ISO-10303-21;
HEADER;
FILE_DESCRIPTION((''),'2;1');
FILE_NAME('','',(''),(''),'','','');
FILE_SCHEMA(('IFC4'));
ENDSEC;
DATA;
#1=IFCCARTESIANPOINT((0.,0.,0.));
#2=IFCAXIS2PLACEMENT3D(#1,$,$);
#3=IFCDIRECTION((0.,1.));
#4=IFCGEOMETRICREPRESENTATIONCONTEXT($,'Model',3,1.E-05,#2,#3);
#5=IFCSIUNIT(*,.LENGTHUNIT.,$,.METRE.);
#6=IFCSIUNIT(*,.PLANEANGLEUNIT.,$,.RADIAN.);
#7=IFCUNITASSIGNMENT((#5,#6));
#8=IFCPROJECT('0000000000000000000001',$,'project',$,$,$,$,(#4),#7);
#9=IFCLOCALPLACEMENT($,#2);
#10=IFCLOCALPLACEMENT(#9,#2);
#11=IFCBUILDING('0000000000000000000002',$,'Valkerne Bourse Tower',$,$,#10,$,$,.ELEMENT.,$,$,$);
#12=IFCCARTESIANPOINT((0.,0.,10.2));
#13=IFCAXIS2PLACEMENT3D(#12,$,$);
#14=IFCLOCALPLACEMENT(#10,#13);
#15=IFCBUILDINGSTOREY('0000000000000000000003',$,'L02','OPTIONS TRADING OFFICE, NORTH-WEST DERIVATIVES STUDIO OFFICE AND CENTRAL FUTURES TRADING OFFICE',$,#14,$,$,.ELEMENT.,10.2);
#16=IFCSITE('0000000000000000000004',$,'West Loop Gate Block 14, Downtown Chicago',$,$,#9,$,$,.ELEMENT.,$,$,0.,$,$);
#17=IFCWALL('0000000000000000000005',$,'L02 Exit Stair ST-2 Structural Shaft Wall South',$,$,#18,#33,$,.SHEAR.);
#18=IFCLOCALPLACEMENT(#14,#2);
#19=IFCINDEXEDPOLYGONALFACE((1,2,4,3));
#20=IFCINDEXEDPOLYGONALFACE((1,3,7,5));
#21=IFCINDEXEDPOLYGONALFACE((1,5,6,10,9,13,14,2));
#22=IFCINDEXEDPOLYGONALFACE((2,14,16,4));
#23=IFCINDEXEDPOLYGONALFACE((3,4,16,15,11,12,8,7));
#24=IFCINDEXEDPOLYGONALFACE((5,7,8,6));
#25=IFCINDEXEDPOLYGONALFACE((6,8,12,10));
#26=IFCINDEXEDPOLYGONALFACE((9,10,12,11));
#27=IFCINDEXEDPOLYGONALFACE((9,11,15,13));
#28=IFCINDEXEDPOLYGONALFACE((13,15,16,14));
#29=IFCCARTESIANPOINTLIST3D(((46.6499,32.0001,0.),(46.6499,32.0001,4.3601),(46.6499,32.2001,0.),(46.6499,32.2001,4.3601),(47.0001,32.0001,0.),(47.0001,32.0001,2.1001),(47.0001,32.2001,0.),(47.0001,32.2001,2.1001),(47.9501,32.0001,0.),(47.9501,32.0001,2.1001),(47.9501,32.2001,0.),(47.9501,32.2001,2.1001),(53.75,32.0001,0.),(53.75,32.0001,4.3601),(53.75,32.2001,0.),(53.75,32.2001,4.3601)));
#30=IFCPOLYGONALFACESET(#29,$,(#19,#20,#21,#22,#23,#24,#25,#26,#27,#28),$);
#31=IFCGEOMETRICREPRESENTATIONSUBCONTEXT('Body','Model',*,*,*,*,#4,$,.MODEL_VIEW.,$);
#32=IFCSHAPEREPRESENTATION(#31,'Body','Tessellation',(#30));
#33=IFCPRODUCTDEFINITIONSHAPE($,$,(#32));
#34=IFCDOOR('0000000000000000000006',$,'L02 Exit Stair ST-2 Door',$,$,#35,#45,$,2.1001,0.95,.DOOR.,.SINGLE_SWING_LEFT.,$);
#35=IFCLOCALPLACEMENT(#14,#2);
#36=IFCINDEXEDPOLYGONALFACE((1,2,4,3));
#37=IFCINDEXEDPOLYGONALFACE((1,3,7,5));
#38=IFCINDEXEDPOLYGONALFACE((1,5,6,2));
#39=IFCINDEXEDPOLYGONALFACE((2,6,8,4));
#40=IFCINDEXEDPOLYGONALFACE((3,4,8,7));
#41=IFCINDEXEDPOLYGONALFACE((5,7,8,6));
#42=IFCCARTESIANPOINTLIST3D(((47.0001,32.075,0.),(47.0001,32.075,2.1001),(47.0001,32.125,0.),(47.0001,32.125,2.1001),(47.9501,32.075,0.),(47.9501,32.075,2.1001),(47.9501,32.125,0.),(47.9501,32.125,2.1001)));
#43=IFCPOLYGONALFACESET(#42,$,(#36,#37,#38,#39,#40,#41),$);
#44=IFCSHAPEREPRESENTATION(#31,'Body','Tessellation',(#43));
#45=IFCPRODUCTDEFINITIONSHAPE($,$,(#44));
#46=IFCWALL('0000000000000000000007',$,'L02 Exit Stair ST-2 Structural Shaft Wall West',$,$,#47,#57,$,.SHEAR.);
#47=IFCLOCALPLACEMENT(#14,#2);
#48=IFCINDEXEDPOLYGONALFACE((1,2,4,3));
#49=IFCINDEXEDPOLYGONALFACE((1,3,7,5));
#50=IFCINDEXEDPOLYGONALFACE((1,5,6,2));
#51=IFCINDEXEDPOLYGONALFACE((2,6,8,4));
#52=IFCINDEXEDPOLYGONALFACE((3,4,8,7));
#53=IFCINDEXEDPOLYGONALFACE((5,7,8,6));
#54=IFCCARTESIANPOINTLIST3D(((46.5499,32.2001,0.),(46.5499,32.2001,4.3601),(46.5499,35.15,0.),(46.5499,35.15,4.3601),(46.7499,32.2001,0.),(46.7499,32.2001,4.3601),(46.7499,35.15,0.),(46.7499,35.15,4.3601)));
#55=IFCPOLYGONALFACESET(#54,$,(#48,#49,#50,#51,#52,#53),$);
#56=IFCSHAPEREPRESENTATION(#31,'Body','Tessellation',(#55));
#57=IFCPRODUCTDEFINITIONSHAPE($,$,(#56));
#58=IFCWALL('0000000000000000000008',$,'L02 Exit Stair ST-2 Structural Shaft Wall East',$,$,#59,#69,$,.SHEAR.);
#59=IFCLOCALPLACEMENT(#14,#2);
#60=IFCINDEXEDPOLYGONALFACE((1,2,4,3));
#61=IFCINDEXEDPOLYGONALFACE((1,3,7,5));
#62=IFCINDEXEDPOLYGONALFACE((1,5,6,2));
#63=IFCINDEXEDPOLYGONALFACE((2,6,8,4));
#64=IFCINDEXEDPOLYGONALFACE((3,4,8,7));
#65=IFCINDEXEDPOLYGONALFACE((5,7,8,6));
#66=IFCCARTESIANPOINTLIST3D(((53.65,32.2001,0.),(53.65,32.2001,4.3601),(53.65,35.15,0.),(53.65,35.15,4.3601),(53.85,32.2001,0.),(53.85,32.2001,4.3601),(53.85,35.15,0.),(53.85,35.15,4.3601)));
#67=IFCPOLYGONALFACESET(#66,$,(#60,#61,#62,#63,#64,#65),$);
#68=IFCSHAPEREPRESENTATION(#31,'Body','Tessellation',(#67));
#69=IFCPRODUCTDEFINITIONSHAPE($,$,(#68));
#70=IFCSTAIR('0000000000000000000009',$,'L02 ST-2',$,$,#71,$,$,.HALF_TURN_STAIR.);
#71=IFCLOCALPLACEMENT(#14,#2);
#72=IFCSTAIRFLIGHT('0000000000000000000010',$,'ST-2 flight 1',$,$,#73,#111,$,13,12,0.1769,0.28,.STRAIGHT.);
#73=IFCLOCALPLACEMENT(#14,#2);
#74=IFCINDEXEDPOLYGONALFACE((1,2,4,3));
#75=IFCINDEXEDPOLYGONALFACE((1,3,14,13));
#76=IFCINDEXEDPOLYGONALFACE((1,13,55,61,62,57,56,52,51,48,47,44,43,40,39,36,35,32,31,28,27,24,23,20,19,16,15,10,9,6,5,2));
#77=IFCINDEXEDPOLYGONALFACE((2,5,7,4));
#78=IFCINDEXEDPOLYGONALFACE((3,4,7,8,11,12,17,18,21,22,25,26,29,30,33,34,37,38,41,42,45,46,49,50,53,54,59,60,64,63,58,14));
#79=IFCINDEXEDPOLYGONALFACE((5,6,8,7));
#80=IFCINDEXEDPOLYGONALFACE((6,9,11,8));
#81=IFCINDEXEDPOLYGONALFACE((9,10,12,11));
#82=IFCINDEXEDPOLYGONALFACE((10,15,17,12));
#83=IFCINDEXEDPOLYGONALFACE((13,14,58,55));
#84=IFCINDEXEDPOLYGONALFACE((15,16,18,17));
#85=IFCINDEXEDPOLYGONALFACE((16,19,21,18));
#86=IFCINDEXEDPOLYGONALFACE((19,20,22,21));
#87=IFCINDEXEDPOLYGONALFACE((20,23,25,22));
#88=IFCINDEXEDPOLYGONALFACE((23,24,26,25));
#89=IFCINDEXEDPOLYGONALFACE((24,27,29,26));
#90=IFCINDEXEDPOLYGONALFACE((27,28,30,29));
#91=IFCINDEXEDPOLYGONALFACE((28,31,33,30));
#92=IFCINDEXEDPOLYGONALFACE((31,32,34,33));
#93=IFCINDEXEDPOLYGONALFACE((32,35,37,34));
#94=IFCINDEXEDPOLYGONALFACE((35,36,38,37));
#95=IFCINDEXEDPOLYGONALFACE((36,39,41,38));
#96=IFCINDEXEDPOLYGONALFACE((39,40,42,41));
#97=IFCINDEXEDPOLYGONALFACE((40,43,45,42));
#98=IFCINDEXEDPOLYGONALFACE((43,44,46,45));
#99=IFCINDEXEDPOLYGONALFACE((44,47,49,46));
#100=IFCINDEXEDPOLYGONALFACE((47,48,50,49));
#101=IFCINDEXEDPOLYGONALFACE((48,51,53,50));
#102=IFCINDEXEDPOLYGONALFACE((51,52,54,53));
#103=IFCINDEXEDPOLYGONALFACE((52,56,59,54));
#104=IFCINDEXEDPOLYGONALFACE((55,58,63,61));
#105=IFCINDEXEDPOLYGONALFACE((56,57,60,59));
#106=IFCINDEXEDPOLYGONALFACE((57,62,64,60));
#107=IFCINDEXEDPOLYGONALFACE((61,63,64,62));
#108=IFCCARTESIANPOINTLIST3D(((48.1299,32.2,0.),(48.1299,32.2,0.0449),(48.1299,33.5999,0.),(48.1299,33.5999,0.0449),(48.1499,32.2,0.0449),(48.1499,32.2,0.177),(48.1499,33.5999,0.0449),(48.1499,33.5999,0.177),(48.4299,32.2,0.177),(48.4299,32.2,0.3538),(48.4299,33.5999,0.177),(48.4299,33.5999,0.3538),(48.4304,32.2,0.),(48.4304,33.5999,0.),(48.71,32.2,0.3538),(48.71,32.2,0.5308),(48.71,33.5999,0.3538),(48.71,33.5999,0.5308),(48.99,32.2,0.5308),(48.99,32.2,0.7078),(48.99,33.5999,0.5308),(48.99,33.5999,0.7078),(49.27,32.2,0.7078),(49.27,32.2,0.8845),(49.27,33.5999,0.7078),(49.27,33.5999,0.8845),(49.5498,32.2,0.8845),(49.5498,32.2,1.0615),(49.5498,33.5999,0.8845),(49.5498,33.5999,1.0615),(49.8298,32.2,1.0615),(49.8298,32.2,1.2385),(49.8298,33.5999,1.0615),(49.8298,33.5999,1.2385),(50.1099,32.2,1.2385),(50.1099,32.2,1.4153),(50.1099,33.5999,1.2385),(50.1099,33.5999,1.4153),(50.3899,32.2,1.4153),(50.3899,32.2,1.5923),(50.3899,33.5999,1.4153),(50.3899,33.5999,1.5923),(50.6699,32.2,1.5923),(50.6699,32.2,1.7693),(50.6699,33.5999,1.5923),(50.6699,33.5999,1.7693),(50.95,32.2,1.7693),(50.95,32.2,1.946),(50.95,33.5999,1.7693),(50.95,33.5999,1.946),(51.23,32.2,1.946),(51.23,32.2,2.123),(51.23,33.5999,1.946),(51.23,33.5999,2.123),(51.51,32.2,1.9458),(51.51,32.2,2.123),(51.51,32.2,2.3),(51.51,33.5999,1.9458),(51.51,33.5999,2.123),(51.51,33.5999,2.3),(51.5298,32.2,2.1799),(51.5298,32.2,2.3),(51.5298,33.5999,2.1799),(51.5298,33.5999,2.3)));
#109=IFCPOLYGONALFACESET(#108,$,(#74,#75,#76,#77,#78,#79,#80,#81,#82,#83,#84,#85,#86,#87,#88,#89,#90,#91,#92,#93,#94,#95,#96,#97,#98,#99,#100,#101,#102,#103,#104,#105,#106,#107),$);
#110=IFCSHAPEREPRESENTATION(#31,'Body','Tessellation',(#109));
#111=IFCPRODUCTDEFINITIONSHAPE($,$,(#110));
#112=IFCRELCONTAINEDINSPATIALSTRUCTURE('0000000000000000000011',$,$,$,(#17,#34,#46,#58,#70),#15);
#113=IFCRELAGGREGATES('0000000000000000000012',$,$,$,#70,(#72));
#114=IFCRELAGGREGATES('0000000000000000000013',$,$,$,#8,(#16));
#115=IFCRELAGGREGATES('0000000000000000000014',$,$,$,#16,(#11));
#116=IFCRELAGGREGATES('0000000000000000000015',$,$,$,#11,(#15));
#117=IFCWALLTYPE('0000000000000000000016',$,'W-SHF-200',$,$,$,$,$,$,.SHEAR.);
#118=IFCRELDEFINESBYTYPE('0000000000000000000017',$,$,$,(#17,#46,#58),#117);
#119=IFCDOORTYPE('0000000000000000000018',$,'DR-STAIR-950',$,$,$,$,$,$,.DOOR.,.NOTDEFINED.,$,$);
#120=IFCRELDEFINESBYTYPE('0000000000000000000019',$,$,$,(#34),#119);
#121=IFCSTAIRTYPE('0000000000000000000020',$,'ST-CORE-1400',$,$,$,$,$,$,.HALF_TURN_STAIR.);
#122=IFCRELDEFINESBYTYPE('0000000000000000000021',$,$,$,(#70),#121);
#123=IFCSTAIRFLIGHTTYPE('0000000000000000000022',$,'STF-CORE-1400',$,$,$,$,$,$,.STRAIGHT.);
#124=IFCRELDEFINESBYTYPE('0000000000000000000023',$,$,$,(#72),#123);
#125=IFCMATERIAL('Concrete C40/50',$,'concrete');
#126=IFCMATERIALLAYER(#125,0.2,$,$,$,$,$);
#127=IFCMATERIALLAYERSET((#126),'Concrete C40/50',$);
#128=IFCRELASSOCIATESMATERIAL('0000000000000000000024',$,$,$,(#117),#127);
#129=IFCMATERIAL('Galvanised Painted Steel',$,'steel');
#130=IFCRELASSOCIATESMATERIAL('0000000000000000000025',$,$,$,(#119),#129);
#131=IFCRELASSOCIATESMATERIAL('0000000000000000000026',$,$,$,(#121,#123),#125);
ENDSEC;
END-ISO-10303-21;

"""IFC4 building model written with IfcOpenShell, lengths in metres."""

from ifc_helpers import new_model, si_unit, direction, frame, frame_2d, origin, place, context, subcontext, project, spatial, polyline, rectangle, outline, extrude, material, layer, layer_set, type_object, element, fill, aggregate, save


model = new_model("IFC4")

# Units and contexts
model_context = context("Model", 3, precision=1e-05, world=origin(), true_north=direction((0.0, 1.0)))
body_context = subcontext(model_context, "Body", "Model", "MODEL_VIEW")
ifc_project = project(units=[si_unit("LENGTHUNIT", "METRE"), si_unit("PLANEANGLEUNIT", "RADIAN")], contexts=[model_context])

# Site, building, storey
site_placement = place(None, origin())
site = spatial("IfcSite", under=ifc_project, at=site_placement, Name="West Loop Gate Block 14, Downtown Chicago", CompositionType="ELEMENT", RefElevation=0.0)
building_placement = place(site_placement, origin())
building = spatial("IfcBuilding", under=site, at=building_placement, Name="Valkerne Bourse Tower", CompositionType="ELEMENT")
storey_placement = place(building_placement, frame((0.0, 0.0, 10.2)))
storey = spatial("IfcBuildingStorey", under=building, at=storey_placement, Name="L02", Description="OPTIONS TRADING OFFICE, NORTH-WEST DERIVATIVES STUDIO OFFICE AND CENTRAL FUTURES TRADING OFFICE", CompositionType="ELEMENT", Elevation=10.2)

# Wall, opening, door
ifc_material_1 = material(Name="Concrete C40/50", Category="concrete")
ifc_layer_1 = layer(ifc_material_1, 0.2)
ifc_layer_set_1 = layer_set([ifc_layer_1], Name="Concrete C40/50")
wall_type_1 = type_object("IfcWallType", Name="W-SHF-200", PredefinedType="SHEAR", material=ifc_layer_set_1)
wall_1_placement = place(storey_placement, frame((46.6499, 32.1001, 0.0), z_axis=(0.0, 0.0, 1.0), x_axis=(1.0, 0.0, 0.0)))
wall_1 = element("IfcWall", 1, at=wall_1_placement, inside=storey, type_object=wall_type_1, Name="L02 Exit Stair ST-2 Structural Shaft Wall South", PredefinedType="SHEAR", context=body_context, shape_type="SweptSolid", body=[
    extrude(rectangle(XDim=7.1001, YDim=0.2, at=frame_2d((3.55, 0.0))), origin(), (0.0, 0.0, 1.0), 4.3601),
])
opening_1_placement = place(wall_1_placement, frame((0.3501, 0.0, 0.0)))
opening_1 = element("IfcOpeningElement", 2, at=opening_1_placement, cuts=wall_1, PredefinedType="OPENING", context=body_context, shape_type="SweptSolid", body=[
    extrude(rectangle(XDim=0.95, YDim=2.1001, at=frame_2d((0.4751, 1.05))), frame((0.0, 0.1099, 0.0), z_axis=(0.0, -1.0, 0.0), x_axis=(1.0, 0.0, 0.0)), (0.0, 0.0, 1.0), 0.22),
])
ifc_material_2 = material(Name="Galvanised Painted Steel", Category="steel")
door_type_1 = type_object("IfcDoorType", Name="DR-STAIR-950", OperationType="NOTDEFINED", PredefinedType="DOOR", material=ifc_material_2)
door_1_placement = place(opening_1_placement, origin())
door_1 = element("IfcDoor", 3, at=door_1_placement, inside=storey, type_object=door_type_1, Name="L02 Exit Stair ST-2 Door", OperationType="SINGLE_SWING_LEFT", OverallHeight=2.1001, OverallWidth=0.95, PredefinedType="DOOR", context=body_context, shape_type="SweptSolid", body=[
    extrude(rectangle(XDim=0.95, YDim=2.1001, at=frame_2d((0.4751, 1.05))), frame((0.0, 0.0249, 0.0), z_axis=(0.0, -1.0, 0.0), x_axis=(1.0, 0.0, 0.0)), (0.0, 0.0, 1.0), 0.05),
])
fill(opening_1, door_1)

# Walls
for number, where, z_axis, x_axis, name in (
    (4, (46.6499, 32.2, 0.0), (0.0, 0.0, 1.0), (0.0, 1.0, 0.0), "L02 Exit Stair ST-2 Structural Shaft Wall West"),
    (5, (53.75, 32.2, 0.0), (0.0, 0.0, 1.0), (0.0, 1.0, 0.0), "L02 Exit Stair ST-2 Structural Shaft Wall East"),
):
    element("IfcWall", number, at=place(storey_placement, frame(where, z_axis=z_axis, x_axis=x_axis)), inside=storey, type_object=wall_type_1, Name=name, PredefinedType="SHEAR", context=body_context, shape_type="SweptSolid", body=[
        extrude(rectangle(XDim=2.95, YDim=0.2, at=frame_2d((1.4751, 0.0))), origin(), (0.0, 0.0, 1.0), 4.3601),
    ])

# Stair, stair flight
stair_type = type_object("IfcStairType", Name="ST-CORE-1400", PredefinedType="HALF_TURN_STAIR", material=ifc_material_1)
stair_placement = place(storey_placement, origin())
stair = element("IfcStair", 6, at=stair_placement, inside=storey, type_object=stair_type, Name="L02 ST-2", PredefinedType="HALF_TURN_STAIR")
stair_flight_type = type_object("IfcStairFlightType", Name="STF-CORE-1400", PredefinedType="STRAIGHT", material=ifc_material_1)
stair_flight_placement = place(storey_placement, frame((48.1499, 32.8999, 0.0), z_axis=(0.0, 0.0, 1.0), x_axis=(1.0, 0.0, 0.0)))
stair_flight = element("IfcStairFlight", 7, at=stair_flight_placement, type_object=stair_flight_type, Name="ST-2 flight 1", NumberOfRisers=13, NumberOfTreads=12, PredefinedType="STRAIGHT", RiserHeight=0.1769, TreadLength=0.28, context=body_context, shape_type="SweptSolid", body=[
    extrude(outline(polyline([(-0.02, 0.0), (-0.02, 0.0449), (0.0, 0.0449), (0.0, 0.177), (0.28, 0.177), (0.28, 0.3538), (0.5601, 0.3538), (0.5601, 0.5308), (0.8401, 0.5308), (0.8401, 0.7078), (1.1201, 0.7078), (1.1201, 0.8845), (1.3999, 0.8845), (1.3999, 1.0615), (1.6799, 1.0615), (1.6799, 1.2385), (1.96, 1.2385), (1.96, 1.4153), (2.24, 1.4153), (2.24, 1.5923), (2.52, 1.5923), (2.52, 1.7693), (2.8, 1.7693), (2.8, 1.946), (3.0801, 1.946), (3.0801, 2.123), (3.3601, 2.123), (3.3601, 2.3), (3.3799, 2.3), (3.3799, 2.1799), (3.3601, 1.9458), (0.2805, 0.0), (-0.02, 0.0)])), frame((0.0, 0.7, 0.0), z_axis=(0.0, -1.0, 0.0), x_axis=(1.0, 0.0, 0.0)), (0.0, 0.0, 1.0), 1.3999),
])
aggregate(stair, [stair_flight])

save(model, "model.ifc")
